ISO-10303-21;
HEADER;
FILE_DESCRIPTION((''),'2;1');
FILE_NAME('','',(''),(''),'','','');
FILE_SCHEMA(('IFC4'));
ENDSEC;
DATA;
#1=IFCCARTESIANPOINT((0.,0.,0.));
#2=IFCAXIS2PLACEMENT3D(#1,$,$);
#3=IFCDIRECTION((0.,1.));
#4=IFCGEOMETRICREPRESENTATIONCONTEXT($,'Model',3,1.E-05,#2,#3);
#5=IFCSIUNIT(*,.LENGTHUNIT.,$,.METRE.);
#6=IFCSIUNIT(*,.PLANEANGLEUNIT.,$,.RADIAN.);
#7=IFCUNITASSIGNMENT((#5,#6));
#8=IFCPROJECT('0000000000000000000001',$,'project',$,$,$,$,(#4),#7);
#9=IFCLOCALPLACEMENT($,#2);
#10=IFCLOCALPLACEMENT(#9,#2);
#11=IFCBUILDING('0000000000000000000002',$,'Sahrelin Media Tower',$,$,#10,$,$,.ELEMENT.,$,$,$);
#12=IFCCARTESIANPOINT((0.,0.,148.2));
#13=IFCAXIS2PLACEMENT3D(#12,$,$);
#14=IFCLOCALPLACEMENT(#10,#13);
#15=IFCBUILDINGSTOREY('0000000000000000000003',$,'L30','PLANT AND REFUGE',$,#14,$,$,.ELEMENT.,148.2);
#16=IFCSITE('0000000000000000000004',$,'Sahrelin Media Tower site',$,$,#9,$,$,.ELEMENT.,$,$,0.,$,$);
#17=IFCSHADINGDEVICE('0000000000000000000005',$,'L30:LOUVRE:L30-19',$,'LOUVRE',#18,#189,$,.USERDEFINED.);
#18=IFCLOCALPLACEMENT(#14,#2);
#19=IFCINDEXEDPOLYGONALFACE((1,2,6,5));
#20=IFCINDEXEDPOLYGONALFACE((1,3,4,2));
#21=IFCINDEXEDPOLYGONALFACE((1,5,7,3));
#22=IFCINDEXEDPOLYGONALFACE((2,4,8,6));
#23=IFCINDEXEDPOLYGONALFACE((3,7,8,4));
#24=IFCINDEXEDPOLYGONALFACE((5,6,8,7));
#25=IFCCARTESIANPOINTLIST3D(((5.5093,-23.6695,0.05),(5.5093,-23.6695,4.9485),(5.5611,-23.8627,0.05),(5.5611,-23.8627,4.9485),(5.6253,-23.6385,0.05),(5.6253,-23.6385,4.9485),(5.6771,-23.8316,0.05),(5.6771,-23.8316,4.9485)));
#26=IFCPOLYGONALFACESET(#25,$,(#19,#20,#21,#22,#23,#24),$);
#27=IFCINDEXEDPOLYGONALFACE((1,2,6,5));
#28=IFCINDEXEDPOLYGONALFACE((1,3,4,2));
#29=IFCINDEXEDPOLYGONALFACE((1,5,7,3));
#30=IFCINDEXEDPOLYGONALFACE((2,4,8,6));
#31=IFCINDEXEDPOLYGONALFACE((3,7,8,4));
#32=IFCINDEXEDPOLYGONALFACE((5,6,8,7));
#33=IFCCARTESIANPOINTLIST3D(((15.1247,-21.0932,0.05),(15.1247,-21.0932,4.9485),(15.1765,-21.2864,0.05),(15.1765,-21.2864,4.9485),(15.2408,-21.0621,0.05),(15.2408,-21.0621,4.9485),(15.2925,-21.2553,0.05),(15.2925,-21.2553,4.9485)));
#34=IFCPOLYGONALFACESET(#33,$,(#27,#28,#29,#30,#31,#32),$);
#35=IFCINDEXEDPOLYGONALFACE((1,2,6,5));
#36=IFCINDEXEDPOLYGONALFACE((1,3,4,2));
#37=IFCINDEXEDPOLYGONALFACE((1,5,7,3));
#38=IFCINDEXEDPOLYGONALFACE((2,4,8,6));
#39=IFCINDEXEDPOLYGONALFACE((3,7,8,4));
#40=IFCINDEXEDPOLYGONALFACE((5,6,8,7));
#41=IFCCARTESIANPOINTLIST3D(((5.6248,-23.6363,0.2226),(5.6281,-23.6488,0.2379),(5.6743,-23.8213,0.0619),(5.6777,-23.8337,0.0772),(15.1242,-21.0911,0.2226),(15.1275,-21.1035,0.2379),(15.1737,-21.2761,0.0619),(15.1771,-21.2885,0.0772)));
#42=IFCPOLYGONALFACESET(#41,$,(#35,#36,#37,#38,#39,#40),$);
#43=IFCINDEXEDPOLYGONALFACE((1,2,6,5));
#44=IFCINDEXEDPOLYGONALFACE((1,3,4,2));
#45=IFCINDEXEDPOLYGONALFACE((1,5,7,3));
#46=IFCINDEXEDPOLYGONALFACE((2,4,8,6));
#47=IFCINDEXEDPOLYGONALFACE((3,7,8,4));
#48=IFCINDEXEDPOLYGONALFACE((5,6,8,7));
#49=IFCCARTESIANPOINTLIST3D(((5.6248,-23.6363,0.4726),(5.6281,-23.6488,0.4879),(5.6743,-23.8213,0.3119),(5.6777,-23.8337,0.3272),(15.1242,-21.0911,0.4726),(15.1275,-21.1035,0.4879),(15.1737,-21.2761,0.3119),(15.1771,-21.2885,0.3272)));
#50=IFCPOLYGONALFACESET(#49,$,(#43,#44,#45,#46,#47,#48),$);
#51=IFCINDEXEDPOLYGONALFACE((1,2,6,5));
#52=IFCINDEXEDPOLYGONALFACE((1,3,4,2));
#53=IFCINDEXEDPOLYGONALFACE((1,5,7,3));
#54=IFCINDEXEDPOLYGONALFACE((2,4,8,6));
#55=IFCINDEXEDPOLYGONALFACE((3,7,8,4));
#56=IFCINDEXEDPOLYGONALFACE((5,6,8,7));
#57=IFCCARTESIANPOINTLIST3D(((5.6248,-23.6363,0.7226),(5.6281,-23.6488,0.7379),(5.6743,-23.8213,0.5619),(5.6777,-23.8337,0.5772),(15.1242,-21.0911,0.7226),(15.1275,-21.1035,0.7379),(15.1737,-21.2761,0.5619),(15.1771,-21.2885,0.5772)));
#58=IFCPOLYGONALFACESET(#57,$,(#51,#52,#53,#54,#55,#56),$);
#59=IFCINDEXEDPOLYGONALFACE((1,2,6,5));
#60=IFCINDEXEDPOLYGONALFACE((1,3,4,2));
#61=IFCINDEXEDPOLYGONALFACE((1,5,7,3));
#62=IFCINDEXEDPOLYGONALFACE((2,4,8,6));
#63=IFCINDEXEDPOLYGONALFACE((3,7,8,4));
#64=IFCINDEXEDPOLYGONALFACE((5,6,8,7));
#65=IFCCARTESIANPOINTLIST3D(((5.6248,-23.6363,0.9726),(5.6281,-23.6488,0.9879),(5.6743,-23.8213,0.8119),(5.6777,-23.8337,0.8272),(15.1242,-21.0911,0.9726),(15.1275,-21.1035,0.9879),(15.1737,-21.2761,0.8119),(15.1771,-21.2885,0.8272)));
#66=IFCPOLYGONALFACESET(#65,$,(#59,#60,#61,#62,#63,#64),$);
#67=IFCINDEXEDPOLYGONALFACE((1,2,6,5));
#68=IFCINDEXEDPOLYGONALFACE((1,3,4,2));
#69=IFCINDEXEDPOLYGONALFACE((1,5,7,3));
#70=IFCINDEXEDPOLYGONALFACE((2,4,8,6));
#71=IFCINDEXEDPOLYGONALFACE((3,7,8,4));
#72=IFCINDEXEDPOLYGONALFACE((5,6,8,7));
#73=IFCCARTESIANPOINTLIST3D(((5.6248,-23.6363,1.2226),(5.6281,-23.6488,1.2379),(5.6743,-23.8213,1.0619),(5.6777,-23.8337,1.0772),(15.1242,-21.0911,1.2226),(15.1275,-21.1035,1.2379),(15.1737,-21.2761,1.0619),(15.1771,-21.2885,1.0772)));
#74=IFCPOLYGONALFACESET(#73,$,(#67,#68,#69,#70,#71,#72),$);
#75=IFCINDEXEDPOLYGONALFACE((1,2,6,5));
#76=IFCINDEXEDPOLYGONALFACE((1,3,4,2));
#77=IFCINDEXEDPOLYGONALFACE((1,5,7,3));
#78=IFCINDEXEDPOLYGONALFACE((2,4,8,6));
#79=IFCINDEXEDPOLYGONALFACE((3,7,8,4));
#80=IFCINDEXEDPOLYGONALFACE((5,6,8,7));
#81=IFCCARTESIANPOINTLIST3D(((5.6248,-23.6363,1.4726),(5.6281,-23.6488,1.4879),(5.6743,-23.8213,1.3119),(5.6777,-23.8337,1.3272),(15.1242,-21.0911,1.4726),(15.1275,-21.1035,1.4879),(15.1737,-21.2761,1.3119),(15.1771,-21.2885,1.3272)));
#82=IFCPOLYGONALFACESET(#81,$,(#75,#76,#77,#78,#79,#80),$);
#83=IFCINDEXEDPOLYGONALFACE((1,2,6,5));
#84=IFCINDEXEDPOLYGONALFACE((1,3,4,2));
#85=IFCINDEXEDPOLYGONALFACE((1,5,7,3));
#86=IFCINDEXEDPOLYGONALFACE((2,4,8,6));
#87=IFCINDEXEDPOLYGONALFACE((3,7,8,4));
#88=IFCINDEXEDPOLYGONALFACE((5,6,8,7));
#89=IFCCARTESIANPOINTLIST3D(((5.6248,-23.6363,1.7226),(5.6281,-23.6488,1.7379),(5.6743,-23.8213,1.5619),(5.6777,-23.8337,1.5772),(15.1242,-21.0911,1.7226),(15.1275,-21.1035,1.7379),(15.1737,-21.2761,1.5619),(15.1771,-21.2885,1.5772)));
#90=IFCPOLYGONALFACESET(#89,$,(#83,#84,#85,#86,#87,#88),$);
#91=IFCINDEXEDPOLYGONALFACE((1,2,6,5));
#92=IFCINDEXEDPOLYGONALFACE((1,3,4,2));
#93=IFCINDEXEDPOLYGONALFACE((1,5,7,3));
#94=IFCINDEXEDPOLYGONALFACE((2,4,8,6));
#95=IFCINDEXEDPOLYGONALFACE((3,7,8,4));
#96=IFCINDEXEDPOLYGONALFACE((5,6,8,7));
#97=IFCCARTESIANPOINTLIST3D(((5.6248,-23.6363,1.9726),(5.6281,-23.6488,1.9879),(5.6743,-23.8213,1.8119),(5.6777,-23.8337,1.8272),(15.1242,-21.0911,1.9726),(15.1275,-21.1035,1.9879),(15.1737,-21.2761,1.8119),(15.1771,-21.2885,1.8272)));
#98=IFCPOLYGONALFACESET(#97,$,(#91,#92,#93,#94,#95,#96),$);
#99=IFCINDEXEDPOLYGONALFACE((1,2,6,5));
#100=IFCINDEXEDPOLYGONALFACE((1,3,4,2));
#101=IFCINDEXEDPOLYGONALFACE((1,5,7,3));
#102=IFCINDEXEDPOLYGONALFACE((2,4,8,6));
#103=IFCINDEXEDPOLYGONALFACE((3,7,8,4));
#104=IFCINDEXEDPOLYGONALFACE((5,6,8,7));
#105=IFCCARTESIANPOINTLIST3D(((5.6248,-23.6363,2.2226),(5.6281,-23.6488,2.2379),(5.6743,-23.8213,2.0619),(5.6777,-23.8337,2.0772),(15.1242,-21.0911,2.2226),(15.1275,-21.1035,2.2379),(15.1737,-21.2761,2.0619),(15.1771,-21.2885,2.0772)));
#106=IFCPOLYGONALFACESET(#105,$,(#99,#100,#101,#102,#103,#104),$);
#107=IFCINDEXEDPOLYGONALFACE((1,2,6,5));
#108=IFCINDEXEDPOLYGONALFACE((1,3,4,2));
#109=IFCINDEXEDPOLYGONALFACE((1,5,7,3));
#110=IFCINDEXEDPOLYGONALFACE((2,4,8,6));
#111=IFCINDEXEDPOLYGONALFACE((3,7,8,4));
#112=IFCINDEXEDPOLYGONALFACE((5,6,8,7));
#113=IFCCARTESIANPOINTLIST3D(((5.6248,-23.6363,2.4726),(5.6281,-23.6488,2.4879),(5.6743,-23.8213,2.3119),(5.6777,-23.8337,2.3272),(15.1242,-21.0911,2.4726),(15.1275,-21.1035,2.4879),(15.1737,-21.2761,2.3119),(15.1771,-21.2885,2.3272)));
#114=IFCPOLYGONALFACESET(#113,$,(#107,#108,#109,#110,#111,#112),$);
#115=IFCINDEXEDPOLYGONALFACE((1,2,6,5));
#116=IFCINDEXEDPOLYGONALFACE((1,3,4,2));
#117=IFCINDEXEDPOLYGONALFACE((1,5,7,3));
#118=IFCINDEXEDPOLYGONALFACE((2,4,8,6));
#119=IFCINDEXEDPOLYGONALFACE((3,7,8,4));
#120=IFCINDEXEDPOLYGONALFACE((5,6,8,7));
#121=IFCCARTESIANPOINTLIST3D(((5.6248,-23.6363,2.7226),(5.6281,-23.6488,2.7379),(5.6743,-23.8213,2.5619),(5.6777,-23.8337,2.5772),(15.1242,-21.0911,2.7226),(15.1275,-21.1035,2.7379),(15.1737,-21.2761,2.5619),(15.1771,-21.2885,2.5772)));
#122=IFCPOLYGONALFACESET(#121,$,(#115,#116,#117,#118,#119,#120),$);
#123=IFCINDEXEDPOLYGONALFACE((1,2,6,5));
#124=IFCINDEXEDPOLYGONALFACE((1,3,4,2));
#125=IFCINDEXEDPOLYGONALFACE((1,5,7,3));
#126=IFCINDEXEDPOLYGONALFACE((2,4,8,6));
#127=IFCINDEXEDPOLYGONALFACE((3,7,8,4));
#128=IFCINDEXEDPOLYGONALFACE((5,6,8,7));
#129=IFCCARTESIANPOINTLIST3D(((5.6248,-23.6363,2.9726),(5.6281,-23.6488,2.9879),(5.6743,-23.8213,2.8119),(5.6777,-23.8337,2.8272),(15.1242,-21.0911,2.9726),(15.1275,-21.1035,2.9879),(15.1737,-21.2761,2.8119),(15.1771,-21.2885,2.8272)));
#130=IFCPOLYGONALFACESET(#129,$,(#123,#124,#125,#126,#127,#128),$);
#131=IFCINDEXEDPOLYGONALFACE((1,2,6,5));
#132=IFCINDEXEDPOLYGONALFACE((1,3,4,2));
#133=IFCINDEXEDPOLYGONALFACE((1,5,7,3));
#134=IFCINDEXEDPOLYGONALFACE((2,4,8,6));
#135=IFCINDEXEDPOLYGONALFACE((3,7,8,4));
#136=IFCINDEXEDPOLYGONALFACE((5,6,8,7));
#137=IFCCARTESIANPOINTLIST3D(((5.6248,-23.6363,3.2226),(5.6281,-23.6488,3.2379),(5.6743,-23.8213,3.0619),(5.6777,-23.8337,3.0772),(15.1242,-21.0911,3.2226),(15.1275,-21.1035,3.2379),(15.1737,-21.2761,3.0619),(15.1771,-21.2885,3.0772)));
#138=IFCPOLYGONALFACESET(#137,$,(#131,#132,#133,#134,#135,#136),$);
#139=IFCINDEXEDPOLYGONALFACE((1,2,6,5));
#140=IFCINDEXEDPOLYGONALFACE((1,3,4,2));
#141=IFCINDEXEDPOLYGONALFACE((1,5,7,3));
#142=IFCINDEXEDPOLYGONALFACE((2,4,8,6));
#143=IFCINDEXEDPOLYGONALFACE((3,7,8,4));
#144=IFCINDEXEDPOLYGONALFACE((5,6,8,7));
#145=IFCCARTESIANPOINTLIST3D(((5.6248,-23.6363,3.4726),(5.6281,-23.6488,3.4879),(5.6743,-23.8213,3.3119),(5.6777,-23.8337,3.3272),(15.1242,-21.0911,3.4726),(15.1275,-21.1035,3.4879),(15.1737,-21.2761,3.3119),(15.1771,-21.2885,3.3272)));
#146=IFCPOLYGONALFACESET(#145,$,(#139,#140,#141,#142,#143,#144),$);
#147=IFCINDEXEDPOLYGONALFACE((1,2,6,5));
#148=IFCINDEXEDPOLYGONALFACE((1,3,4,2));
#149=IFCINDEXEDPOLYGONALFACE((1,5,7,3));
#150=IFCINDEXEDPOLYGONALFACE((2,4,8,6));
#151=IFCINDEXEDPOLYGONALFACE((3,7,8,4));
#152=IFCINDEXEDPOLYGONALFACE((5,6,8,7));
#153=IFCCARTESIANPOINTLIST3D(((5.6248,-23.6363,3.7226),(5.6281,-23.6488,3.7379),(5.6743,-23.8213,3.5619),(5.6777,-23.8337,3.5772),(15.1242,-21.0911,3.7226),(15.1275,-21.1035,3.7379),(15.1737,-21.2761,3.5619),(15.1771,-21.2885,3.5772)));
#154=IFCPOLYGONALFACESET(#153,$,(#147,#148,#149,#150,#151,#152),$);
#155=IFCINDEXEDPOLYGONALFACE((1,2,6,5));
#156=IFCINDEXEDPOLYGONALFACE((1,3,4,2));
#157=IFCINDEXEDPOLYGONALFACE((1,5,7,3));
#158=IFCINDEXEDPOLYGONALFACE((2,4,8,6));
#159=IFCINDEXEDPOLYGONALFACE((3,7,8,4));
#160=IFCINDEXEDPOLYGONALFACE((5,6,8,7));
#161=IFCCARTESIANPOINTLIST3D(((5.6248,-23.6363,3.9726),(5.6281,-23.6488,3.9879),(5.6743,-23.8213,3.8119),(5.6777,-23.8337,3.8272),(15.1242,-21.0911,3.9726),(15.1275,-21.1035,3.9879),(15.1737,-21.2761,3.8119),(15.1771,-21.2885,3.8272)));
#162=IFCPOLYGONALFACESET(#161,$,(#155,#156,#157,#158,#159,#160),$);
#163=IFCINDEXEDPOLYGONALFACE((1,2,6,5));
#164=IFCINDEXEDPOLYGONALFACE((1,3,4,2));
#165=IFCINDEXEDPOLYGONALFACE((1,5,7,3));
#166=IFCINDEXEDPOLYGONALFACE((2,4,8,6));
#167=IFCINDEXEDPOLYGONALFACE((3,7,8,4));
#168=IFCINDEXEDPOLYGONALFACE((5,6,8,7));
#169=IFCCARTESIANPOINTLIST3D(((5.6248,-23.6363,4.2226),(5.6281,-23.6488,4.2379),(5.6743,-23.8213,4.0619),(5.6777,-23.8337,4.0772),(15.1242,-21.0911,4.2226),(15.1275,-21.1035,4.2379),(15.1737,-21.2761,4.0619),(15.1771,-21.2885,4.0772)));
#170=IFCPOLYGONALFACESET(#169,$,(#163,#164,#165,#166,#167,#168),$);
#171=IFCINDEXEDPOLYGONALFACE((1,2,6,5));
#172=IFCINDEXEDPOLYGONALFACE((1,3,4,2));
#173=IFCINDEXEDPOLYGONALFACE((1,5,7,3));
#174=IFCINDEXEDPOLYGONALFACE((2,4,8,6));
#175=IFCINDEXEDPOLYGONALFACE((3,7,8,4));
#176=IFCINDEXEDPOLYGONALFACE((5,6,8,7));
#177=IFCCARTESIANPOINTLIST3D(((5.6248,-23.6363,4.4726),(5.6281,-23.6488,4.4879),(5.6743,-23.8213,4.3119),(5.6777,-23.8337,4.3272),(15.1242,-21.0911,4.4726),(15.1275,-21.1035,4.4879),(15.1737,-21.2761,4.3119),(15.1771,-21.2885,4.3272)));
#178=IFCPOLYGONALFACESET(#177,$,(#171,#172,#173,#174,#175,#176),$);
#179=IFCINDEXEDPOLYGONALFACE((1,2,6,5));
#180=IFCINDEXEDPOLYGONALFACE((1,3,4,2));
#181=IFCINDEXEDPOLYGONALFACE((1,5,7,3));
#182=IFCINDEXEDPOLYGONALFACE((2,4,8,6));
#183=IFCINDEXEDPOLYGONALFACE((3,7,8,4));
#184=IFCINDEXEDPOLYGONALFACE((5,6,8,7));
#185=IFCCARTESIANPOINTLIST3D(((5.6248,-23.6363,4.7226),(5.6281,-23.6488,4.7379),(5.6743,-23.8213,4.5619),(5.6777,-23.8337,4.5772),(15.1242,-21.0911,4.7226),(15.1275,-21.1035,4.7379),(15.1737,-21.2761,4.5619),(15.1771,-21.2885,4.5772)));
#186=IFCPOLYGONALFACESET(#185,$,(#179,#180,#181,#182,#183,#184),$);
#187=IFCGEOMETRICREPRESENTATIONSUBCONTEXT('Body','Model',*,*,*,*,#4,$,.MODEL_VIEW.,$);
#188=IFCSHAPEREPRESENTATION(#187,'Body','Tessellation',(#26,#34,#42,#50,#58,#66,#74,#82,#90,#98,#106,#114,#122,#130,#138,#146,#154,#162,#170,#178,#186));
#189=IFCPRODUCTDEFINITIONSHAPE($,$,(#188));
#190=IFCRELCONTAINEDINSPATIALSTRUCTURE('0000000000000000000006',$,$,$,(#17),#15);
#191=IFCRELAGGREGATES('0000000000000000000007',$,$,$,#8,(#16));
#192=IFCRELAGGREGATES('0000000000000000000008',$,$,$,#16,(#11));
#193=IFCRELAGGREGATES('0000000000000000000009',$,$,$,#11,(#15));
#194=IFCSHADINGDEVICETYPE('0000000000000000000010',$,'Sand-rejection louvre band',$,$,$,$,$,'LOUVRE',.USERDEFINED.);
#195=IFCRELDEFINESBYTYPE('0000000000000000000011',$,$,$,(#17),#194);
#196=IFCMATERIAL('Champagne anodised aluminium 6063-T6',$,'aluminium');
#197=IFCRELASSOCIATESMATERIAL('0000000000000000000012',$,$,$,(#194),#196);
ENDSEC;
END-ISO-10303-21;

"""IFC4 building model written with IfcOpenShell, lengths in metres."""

from ifc_helpers import new_model, si_unit, direction, frame, origin, origin_2d, place, context, subcontext, project, spatial, rectangle, extrude, material, type_object, element, save


model = new_model("IFC4")

# Units and contexts
model_context = context("Model", 3, precision=1e-05, world=origin(), true_north=direction((0.0, 1.0)))
body_context = subcontext(model_context, "Body", "Model", "MODEL_VIEW")
ifc_project = project(units=[si_unit("LENGTHUNIT", "METRE"), si_unit("PLANEANGLEUNIT", "RADIAN")], contexts=[model_context])

# Site, building, storey
site_placement = place(None, origin())
site = spatial("IfcSite", under=ifc_project, at=site_placement, Name="Sahrelin Media Tower site", CompositionType="ELEMENT", RefElevation=0.0)
building_placement = place(site_placement, origin())
building = spatial("IfcBuilding", under=site, at=building_placement, Name="Sahrelin Media Tower", CompositionType="ELEMENT")
storey_placement = place(building_placement, frame((0.0, 0.0, 148.2)))
storey = spatial("IfcBuildingStorey", under=building, at=storey_placement, Name="L30", Description="PLANT AND REFUGE", CompositionType="ELEMENT", Elevation=148.2)

# Shading device
ifc_material_1 = material(Name="Champagne anodised aluminium 6063-T6", Category="aluminium")
shading_device_type = type_object("IfcShadingDeviceType", Name="Sand-rejection louvre band", ElementType="LOUVRE", PredefinedType="USERDEFINED", material=ifc_material_1)
shading_device_placement = place(storey_placement, frame((10.375, -22.3657, 0.0), z_axis=(0.0, 0.0, 1.0), x_axis=(-0.965929, -0.258808, 0.0)))
element("IfcShadingDevice", 1, at=shading_device_placement, inside=storey, type_object=shading_device_type, Name="L30:LOUVRE:L30-19", ObjectType="LOUVRE", PredefinedType="USERDEFINED", context=body_context, shape_type="SweptSolid", body=[
    extrude(rectangle(XDim=0.1201, YDim=0.2, at=origin_2d()), frame((4.9773, 0.1001, 0.05), z_axis=(0.0, 0.0, 1.0), x_axis=(1.0, 0.0, 0.0)), (0.0, 0.0, 1.0), 4.8984),
    extrude(rectangle(XDim=0.1201, YDim=0.2, at=origin_2d()), frame((-4.9773, 0.1001, 0.05), z_axis=(0.0, 0.0, 1.0), x_axis=(1.0, 0.0, 0.0)), (0.0, 0.0, 1.0), 4.8984),
    extrude(rectangle(XDim=0.25, YDim=0.02, at=origin_2d()), frame((4.9172, 0.1001, 0.1499), z_axis=(-1.0, 0.0, 0.0), x_axis=(0.0, -0.766044, 0.642788)), (0.0, 0.0, 1.0), 9.8345),
    extrude(rectangle(XDim=0.25, YDim=0.02, at=origin_2d()), frame((4.9172, 0.1001, 0.3999), z_axis=(-1.0, 0.0, 0.0), x_axis=(0.0, -0.766044, 0.642788)), (0.0, 0.0, 1.0), 9.8345),
    extrude(rectangle(XDim=0.25, YDim=0.02, at=origin_2d()), frame((4.9172, 0.1001, 0.6499), z_axis=(-1.0, 0.0, 0.0), x_axis=(0.0, -0.766044, 0.642788)), (0.0, 0.0, 1.0), 9.8345),
    extrude(rectangle(XDim=0.25, YDim=0.02, at=origin_2d()), frame((4.9172, 0.1001, 0.8999), z_axis=(-1.0, 0.0, 0.0), x_axis=(0.0, -0.766044, 0.642788)), (0.0, 0.0, 1.0), 9.8345),
    extrude(rectangle(XDim=0.25, YDim=0.02, at=origin_2d()), frame((4.9172, 0.1001, 1.1499), z_axis=(-1.0, 0.0, 0.0), x_axis=(0.0, -0.766044, 0.642788)), (0.0, 0.0, 1.0), 9.8345),
    extrude(rectangle(XDim=0.25, YDim=0.02, at=origin_2d()), frame((4.9172, 0.1001, 1.3999), z_axis=(-1.0, 0.0, 0.0), x_axis=(0.0, -0.766044, 0.642788)), (0.0, 0.0, 1.0), 9.8345),
    extrude(rectangle(XDim=0.25, YDim=0.02, at=origin_2d()), frame((4.9172, 0.1001, 1.6499), z_axis=(-1.0, 0.0, 0.0), x_axis=(0.0, -0.766044, 0.642788)), (0.0, 0.0, 1.0), 9.8345),
    extrude(rectangle(XDim=0.25, YDim=0.02, at=origin_2d()), frame((4.9172, 0.1001, 1.8999), z_axis=(-1.0, 0.0, 0.0), x_axis=(0.0, -0.766044, 0.642788)), (0.0, 0.0, 1.0), 9.8345),
    extrude(rectangle(XDim=0.25, YDim=0.02, at=origin_2d()), frame((4.9172, 0.1001, 2.1499), z_axis=(-1.0, 0.0, 0.0), x_axis=(0.0, -0.766044, 0.642788)), (0.0, 0.0, 1.0), 9.8345),
    extrude(rectangle(XDim=0.25, YDim=0.02, at=origin_2d()), frame((4.9172, 0.1001, 2.3999), z_axis=(-1.0, 0.0, 0.0), x_axis=(0.0, -0.766044, 0.642788)), (0.0, 0.0, 1.0), 9.8345),
    extrude(rectangle(XDim=0.25, YDim=0.02, at=origin_2d()), frame((4.9172, 0.1001, 2.6499), z_axis=(-1.0, 0.0, 0.0), x_axis=(0.0, -0.766044, 0.642788)), (0.0, 0.0, 1.0), 9.8345),
    extrude(rectangle(XDim=0.25, YDim=0.02, at=origin_2d()), frame((4.9172, 0.1001, 2.8999), z_axis=(-1.0, 0.0, 0.0), x_axis=(0.0, -0.766044, 0.642788)), (0.0, 0.0, 1.0), 9.8345),
    extrude(rectangle(XDim=0.25, YDim=0.02, at=origin_2d()), frame((4.9172, 0.1001, 3.1499), z_axis=(-1.0, 0.0, 0.0), x_axis=(0.0, -0.766044, 0.642788)), (0.0, 0.0, 1.0), 9.8345),
    extrude(rectangle(XDim=0.25, YDim=0.02, at=origin_2d()), frame((4.9172, 0.1001, 3.3999), z_axis=(-1.0, 0.0, 0.0), x_axis=(0.0, -0.766044, 0.642788)), (0.0, 0.0, 1.0), 9.8345),
    extrude(rectangle(XDim=0.25, YDim=0.02, at=origin_2d()), frame((4.9172, 0.1001, 3.6499), z_axis=(-1.0, 0.0, 0.0), x_axis=(0.0, -0.766044, 0.642788)), (0.0, 0.0, 1.0), 9.8345),
    extrude(rectangle(XDim=0.25, YDim=0.02, at=origin_2d()), frame((4.9172, 0.1001, 3.8999), z_axis=(-1.0, 0.0, 0.0), x_axis=(0.0, -0.766044, 0.642788)), (0.0, 0.0, 1.0), 9.8345),
    extrude(rectangle(XDim=0.25, YDim=0.02, at=origin_2d()), frame((4.9172, 0.1001, 4.1499), z_axis=(-1.0, 0.0, 0.0), x_axis=(0.0, -0.766044, 0.642788)), (0.0, 0.0, 1.0), 9.8345),
    extrude(rectangle(XDim=0.25, YDim=0.02, at=origin_2d()), frame((4.9172, 0.1001, 4.3999), z_axis=(-1.0, 0.0, 0.0), x_axis=(0.0, -0.766044, 0.642788)), (0.0, 0.0, 1.0), 9.8345),
    extrude(rectangle(XDim=0.25, YDim=0.02, at=origin_2d()), frame((4.9172, 0.1001, 4.6499), z_axis=(-1.0, 0.0, 0.0), x_axis=(0.0, -0.766044, 0.642788)), (0.0, 0.0, 1.0), 9.8345),
])

save(model, "model.ifc")
